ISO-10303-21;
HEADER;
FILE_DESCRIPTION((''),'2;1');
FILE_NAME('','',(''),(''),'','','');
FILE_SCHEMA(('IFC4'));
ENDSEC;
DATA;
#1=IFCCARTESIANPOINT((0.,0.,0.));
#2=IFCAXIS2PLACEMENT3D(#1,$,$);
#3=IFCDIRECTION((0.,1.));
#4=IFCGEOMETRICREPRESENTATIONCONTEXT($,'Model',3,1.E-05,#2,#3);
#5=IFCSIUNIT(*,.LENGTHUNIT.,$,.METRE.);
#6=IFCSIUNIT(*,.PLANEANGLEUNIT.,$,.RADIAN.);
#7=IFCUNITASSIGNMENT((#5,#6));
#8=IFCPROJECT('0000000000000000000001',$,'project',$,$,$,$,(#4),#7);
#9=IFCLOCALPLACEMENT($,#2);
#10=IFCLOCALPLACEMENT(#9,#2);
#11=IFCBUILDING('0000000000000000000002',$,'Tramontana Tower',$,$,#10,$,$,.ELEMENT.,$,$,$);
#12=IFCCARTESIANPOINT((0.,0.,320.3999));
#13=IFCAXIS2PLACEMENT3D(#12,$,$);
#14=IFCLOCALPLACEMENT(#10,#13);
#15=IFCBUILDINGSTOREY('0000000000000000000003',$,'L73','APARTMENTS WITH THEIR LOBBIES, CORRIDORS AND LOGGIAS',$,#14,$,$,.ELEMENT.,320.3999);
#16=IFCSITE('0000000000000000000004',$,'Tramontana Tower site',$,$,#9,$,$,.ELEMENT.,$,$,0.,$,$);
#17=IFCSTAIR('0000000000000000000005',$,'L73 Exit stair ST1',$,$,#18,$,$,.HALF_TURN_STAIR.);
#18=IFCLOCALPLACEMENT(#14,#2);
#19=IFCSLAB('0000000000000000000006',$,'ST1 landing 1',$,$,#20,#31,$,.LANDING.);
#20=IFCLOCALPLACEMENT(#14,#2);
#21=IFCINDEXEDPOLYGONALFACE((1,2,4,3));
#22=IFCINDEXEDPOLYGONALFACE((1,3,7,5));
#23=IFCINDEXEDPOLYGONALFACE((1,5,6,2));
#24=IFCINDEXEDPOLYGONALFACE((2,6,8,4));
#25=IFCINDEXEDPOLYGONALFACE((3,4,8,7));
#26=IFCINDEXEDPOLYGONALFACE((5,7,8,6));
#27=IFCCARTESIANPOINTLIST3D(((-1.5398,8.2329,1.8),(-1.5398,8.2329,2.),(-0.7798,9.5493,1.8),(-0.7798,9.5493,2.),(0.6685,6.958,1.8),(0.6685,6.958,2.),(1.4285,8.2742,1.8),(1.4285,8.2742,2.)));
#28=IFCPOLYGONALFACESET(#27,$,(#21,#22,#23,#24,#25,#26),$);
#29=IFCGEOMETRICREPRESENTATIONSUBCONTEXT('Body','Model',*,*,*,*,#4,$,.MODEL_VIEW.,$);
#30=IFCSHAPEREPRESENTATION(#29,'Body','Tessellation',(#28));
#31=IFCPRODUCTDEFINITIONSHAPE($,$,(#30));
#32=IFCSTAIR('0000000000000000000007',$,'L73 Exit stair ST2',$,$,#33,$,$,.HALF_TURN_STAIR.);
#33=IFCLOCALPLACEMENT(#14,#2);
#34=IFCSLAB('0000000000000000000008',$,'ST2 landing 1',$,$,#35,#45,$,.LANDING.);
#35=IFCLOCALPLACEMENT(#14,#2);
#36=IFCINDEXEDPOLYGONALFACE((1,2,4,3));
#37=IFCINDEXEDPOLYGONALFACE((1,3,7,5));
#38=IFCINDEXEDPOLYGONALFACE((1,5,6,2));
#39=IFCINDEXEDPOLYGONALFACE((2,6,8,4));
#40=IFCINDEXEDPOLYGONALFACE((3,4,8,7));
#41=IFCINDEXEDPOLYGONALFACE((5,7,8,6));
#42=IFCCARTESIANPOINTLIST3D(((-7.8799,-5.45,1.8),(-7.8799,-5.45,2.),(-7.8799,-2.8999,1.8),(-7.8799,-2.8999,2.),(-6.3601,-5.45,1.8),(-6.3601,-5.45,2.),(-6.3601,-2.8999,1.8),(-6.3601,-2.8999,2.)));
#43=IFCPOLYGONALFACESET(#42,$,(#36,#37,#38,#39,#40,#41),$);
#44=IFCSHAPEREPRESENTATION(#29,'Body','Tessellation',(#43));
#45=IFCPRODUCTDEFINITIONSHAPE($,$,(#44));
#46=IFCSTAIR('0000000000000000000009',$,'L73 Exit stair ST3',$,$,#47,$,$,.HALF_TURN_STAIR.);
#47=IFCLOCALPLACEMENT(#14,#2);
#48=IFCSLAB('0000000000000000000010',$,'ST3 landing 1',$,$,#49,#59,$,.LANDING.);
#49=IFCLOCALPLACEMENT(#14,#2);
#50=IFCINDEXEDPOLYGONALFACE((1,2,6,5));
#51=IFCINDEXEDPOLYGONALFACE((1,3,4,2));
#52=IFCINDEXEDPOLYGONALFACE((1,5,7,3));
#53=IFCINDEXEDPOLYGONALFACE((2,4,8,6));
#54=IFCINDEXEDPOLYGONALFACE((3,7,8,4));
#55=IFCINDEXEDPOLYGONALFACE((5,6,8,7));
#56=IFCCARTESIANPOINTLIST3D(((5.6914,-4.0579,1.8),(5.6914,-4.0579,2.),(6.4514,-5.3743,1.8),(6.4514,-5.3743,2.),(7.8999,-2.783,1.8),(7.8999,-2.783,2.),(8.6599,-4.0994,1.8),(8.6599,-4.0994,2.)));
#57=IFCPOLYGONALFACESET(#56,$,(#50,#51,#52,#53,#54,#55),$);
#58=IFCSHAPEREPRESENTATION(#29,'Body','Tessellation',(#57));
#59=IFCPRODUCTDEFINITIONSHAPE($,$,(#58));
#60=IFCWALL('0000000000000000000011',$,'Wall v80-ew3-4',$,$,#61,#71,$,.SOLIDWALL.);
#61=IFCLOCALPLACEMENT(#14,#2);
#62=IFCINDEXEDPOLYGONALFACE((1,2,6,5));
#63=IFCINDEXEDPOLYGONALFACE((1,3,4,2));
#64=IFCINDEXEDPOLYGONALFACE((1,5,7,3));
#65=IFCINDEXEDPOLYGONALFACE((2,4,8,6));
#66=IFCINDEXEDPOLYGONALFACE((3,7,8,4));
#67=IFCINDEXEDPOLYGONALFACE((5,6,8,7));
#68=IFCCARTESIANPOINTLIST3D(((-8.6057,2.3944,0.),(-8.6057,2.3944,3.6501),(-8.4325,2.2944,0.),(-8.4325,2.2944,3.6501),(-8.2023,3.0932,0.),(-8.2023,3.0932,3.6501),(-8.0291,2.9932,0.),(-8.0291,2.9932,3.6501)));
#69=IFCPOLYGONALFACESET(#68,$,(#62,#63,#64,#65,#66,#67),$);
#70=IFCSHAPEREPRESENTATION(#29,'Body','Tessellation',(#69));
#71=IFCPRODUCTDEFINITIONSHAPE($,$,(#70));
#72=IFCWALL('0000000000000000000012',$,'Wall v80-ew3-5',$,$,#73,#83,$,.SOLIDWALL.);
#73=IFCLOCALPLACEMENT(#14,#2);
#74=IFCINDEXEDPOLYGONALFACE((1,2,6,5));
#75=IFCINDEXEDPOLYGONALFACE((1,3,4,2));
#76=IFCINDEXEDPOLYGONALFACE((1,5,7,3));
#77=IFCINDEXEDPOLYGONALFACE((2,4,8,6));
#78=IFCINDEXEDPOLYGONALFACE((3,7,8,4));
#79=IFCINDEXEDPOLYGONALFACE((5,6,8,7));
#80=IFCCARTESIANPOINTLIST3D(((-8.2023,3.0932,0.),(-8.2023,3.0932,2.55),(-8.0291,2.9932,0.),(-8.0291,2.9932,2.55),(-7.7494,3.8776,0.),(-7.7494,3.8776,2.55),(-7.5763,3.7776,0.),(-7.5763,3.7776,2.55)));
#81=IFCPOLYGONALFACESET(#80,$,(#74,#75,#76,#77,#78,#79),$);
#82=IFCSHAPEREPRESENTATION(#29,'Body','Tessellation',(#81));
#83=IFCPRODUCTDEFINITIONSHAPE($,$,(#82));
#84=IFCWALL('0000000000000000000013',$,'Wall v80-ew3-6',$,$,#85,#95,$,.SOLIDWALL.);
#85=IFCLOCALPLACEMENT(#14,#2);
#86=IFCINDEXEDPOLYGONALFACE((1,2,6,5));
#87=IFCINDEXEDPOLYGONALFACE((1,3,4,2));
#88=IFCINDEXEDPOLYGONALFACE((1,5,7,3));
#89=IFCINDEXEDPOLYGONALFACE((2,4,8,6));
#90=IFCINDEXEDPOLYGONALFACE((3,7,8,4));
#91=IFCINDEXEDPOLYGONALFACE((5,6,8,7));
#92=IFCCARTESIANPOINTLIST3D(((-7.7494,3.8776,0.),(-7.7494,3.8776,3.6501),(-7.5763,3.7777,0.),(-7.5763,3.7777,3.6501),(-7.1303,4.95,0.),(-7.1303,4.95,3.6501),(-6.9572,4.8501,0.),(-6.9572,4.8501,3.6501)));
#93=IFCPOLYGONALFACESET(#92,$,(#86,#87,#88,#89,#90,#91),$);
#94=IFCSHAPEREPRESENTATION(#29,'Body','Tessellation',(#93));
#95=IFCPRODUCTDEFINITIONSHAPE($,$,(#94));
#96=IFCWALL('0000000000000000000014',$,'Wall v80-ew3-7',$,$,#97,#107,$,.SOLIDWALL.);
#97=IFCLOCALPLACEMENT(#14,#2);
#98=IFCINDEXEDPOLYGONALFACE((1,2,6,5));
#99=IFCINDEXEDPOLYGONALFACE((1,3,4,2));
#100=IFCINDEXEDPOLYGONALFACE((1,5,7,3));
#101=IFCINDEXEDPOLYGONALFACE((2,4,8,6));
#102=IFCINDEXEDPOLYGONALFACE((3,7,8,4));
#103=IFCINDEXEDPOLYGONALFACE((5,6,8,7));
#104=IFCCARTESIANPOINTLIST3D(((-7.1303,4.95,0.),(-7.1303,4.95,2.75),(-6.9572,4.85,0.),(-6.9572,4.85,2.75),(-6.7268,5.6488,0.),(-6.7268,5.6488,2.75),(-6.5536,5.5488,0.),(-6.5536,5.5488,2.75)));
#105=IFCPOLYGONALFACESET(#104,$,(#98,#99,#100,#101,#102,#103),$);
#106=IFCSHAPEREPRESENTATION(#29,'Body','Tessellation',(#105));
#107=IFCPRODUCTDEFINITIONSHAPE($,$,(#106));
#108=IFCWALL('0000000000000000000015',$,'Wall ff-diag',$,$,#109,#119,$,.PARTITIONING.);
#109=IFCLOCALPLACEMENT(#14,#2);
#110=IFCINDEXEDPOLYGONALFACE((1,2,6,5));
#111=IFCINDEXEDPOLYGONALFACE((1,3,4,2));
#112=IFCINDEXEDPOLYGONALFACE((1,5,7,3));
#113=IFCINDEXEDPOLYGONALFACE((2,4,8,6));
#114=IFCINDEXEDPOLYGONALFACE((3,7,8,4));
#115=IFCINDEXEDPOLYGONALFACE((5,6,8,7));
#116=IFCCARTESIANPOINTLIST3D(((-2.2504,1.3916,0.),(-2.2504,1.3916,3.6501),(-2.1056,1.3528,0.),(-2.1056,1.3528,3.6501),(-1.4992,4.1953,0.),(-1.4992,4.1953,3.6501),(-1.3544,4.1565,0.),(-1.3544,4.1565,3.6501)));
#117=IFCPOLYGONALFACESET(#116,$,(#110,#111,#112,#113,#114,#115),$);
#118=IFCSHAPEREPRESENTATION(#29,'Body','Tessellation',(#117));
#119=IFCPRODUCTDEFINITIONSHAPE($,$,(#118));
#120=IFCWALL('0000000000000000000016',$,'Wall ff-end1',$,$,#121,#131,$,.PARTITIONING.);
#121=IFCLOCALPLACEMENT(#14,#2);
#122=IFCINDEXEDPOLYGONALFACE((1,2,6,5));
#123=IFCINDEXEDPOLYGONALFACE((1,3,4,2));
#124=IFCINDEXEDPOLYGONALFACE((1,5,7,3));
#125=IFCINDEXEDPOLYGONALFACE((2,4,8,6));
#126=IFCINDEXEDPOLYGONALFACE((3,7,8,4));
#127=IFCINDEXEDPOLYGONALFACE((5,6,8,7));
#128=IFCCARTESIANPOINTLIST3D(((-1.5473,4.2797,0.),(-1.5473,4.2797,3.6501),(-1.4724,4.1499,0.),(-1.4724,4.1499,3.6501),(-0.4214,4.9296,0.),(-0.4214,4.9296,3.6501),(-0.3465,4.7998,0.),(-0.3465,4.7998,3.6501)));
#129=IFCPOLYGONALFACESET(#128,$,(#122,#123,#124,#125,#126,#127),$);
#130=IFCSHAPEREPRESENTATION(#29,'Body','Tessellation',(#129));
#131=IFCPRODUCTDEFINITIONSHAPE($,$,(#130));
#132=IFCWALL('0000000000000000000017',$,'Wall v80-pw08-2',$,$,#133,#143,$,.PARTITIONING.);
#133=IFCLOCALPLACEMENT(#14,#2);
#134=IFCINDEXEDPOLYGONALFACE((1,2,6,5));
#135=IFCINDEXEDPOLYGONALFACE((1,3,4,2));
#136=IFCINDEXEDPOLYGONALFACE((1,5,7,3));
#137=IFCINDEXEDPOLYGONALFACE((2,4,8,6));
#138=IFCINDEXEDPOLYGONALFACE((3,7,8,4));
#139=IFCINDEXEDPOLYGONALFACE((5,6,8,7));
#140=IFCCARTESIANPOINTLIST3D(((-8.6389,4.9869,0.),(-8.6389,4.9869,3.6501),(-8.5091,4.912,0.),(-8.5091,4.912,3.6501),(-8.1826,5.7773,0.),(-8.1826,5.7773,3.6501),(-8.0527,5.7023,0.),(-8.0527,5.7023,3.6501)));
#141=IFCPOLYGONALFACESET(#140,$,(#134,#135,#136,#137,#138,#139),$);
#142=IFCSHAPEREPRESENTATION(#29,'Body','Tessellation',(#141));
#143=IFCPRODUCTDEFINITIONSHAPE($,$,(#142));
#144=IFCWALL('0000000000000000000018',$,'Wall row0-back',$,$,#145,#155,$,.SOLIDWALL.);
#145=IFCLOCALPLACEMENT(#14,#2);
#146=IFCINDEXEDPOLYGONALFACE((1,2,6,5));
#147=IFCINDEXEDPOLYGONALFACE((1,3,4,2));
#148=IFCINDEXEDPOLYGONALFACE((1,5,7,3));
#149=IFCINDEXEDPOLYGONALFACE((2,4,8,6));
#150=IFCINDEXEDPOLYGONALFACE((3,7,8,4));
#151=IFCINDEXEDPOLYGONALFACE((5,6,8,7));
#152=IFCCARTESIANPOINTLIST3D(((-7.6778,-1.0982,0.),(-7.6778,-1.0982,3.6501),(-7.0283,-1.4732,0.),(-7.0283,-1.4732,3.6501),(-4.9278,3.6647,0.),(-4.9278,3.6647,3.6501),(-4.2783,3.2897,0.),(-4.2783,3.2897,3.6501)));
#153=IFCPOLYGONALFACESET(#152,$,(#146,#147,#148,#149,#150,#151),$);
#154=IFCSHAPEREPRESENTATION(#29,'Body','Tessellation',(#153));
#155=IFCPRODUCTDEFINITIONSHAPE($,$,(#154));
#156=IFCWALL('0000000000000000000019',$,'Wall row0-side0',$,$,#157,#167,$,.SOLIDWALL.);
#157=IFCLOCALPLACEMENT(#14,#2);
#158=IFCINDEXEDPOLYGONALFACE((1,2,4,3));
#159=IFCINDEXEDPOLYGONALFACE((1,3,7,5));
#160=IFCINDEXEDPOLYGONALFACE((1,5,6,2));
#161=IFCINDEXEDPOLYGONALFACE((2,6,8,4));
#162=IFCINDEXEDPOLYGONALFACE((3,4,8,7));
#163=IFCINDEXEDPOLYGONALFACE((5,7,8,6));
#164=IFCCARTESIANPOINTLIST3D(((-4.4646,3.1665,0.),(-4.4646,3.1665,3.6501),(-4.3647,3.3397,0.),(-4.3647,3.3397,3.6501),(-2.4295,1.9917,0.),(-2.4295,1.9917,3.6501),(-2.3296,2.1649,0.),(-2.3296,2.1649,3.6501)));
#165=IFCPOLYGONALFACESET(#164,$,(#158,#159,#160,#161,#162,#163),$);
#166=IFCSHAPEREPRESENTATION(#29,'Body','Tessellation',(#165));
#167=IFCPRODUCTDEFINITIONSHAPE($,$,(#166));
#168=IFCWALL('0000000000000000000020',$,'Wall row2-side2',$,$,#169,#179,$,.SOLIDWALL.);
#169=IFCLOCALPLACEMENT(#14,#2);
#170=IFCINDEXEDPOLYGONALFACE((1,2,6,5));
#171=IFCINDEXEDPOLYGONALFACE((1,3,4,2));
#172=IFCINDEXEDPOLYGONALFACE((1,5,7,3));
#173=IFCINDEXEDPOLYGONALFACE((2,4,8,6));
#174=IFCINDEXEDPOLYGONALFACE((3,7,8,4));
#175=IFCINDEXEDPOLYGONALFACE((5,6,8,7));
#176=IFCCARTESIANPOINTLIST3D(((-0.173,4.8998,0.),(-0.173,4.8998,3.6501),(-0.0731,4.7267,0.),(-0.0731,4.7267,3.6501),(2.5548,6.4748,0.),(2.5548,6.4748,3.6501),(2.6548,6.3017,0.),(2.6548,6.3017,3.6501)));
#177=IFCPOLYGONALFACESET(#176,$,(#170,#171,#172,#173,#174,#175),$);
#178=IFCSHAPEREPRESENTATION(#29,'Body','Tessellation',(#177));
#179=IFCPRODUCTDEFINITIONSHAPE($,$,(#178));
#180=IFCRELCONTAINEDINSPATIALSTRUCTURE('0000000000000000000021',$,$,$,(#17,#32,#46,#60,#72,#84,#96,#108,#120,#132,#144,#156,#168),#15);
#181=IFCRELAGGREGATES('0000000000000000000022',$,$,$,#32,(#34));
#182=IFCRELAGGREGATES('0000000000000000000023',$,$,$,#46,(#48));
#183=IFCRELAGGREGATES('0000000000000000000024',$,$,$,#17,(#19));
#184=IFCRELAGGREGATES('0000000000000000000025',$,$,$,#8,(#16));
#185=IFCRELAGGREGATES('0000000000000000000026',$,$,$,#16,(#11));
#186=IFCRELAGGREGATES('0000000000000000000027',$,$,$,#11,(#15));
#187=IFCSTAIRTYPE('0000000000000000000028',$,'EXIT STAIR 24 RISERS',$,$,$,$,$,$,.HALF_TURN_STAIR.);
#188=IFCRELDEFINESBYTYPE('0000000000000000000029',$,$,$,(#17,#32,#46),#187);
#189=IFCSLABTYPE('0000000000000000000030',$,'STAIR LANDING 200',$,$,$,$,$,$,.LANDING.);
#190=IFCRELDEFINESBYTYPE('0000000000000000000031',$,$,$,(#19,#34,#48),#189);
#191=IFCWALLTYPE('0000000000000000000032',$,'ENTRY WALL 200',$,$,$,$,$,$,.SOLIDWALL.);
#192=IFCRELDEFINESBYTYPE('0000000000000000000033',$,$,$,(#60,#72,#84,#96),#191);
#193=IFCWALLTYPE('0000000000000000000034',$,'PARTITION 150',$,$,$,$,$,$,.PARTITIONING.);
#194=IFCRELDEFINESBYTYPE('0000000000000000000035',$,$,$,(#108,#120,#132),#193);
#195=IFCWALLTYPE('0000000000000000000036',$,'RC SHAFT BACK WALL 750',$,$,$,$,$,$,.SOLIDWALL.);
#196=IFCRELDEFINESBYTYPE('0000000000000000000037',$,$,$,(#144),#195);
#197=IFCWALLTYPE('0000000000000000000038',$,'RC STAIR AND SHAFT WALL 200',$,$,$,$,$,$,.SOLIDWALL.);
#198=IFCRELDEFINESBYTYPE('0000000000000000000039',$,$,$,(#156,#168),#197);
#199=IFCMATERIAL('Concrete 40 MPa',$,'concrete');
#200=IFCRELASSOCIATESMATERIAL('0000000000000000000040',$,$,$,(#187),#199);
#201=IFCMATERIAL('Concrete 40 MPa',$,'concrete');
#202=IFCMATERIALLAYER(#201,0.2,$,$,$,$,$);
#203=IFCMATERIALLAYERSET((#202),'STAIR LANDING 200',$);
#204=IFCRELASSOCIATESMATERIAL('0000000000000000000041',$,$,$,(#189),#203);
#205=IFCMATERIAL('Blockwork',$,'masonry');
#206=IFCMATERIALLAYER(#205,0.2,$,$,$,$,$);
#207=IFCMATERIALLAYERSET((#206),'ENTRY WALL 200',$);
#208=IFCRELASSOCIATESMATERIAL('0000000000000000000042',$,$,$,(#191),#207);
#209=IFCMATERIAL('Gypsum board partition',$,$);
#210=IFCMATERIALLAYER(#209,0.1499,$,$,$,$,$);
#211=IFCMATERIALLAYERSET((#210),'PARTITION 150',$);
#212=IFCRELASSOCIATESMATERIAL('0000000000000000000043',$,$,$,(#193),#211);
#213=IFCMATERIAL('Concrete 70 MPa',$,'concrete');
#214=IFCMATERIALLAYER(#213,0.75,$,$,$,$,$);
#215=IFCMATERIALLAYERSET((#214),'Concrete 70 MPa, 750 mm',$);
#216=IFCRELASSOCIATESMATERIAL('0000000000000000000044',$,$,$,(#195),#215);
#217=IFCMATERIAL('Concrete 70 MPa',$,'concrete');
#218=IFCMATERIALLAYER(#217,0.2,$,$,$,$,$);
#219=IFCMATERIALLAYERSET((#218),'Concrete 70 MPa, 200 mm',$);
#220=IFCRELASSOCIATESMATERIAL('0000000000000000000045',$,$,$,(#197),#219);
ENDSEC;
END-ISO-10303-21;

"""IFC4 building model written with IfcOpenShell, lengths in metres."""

from ifc_helpers import new_model, si_unit, direction, frame, frame_2d, origin, place, context, subcontext, project, spatial, polyline, rectangle, outline, extrude, material, layer, layer_set, type_object, element, aggregate, save


model = new_model("IFC4")

# Units and contexts
model_context = context("Model", 3, precision=1e-05, world=origin(), true_north=direction((0.0, 1.0)))
body_context = subcontext(model_context, "Body", "Model", "MODEL_VIEW")
ifc_project = project(units=[si_unit("LENGTHUNIT", "METRE"), si_unit("PLANEANGLEUNIT", "RADIAN")], contexts=[model_context])

# Site, building, storey
site_placement = place(None, origin())
site = spatial("IfcSite", under=ifc_project, at=site_placement, Name="Tramontana Tower site", CompositionType="ELEMENT", RefElevation=0.0)
building_placement = place(site_placement, origin())
building = spatial("IfcBuilding", under=site, at=building_placement, Name="Tramontana Tower", CompositionType="ELEMENT")
storey_placement = place(building_placement, frame((0.0, 0.0, 320.3999)))
storey = spatial("IfcBuildingStorey", under=building, at=storey_placement, Name="L73", Description="APARTMENTS WITH THEIR LOBBIES, CORRIDORS AND LOGGIAS", CompositionType="ELEMENT", Elevation=320.3999)

# Stairs, slabs
ifc_material_1 = material(Name="Concrete 40 MPa", Category="concrete")
stair_type = type_object("IfcStairType", Name="EXIT STAIR 24 RISERS", PredefinedType="HALF_TURN_STAIR", material=ifc_material_1)
stair_1_placement = place(storey_placement, origin())
stair_1 = element("IfcStair", 1, at=stair_1_placement, inside=storey, type_object=stair_type, Name="L73 Exit stair ST1", PredefinedType="HALF_TURN_STAIR")
ifc_material_2 = material(Name="Concrete 40 MPa", Category="concrete")
ifc_layer_1 = layer(ifc_material_2, 0.2)
ifc_layer_set_1 = layer_set([ifc_layer_1], Name="STAIR LANDING 200")
slab_type = type_object("IfcSlabType", Name="STAIR LANDING 200", PredefinedType="LANDING", material=ifc_layer_set_1)
slab_1_placement = place(storey_placement, frame((0.0, 0.0, 1.8)))
slab_1 = element("IfcSlab", 2, at=slab_1_placement, type_object=slab_type, Name="ST1 landing 1", PredefinedType="LANDING", context=body_context, shape_type="SweptSolid", body=[
    extrude(outline(polyline([(0.6685, 6.958), (1.4285, 8.2742), (-0.7798, 9.5493), (-1.5398, 8.2329), (0.6685, 6.958)])), origin(), (0.0, 0.0, 1.0), 0.2),
])
stair_2_placement = place(storey_placement, origin())
stair_2 = element("IfcStair", 3, at=stair_2_placement, inside=storey, type_object=stair_type, Name="L73 Exit stair ST2", PredefinedType="HALF_TURN_STAIR")
slab_2_placement = place(storey_placement, frame((0.0, 0.0, 1.8)))
slab_2 = element("IfcSlab", 4, at=slab_2_placement, type_object=slab_type, Name="ST2 landing 1", PredefinedType="LANDING", context=body_context, shape_type="SweptSolid", body=[
    extrude(outline(polyline([(-6.3601, -2.8999), (-7.8799, -2.8999), (-7.8799, -5.45), (-6.3601, -5.45), (-6.3601, -2.8999)])), origin(), (0.0, 0.0, 1.0), 0.2),
])
aggregate(stair_2, [slab_2])
stair_3_placement = place(storey_placement, origin())
stair_3 = element("IfcStair", 5, at=stair_3_placement, inside=storey, type_object=stair_type, Name="L73 Exit stair ST3", PredefinedType="HALF_TURN_STAIR")
slab_3_placement = place(storey_placement, frame((0.0, 0.0, 1.8)))
slab_3 = element("IfcSlab", 6, at=slab_3_placement, type_object=slab_type, Name="ST3 landing 1", PredefinedType="LANDING", context=body_context, shape_type="SweptSolid", body=[
    extrude(outline(polyline([(5.6914, -4.0579), (6.4514, -5.3743), (8.6599, -4.0994), (7.8999, -2.783), (5.6914, -4.0579)])), origin(), (0.0, 0.0, 1.0), 0.2),
])
aggregate(stair_3, [slab_3])

# Shared definitions
ifc_material_3 = material(Name="Blockwork", Category="masonry")
ifc_layer_2 = layer(ifc_material_3, 0.2)
ifc_layer_set_2 = layer_set([ifc_layer_2], Name="ENTRY WALL 200")
wall_type_1 = type_object("IfcWallType", Name="ENTRY WALL 200", PredefinedType="SOLIDWALL", material=ifc_layer_set_2)

# Walls
wall_1_placement = place(storey_placement, frame((-8.519, 2.3445, 0.0), z_axis=(0.0, 0.0, 1.0), x_axis=(0.499915, 0.866075, 0.0)))
element("IfcWall", 7, at=wall_1_placement, inside=storey, type_object=wall_type_1, Name="Wall v80-ew3-4", PredefinedType="SOLIDWALL", context=body_context, shape_type="SweptSolid", body=[
    extrude(rectangle(XDim=0.8069, YDim=0.2, at=frame_2d((0.4033, 0.0))), origin(), (0.0, 0.0, 1.0), 3.6501),
])
wall_2_placement = place(storey_placement, frame((-8.1157, 3.0432, 0.0), z_axis=(0.0, 0.0, 1.0), x_axis=(0.499995, 0.866028, 0.0)))
element("IfcWall", 8, at=wall_2_placement, inside=storey, type_object=wall_type_1, Name="Wall v80-ew3-5", PredefinedType="SOLIDWALL", context=body_context, shape_type="SweptSolid", body=[
    extrude(rectangle(XDim=0.9058, YDim=0.2, at=frame_2d((0.4529, 0.0))), origin(), (0.0, 0.0, 1.0), 2.55),
])
wall_3_placement = place(storey_placement, frame((-7.6628, 3.8276, 0.0), z_axis=(0.0, 0.0, 1.0), x_axis=(0.499956, 0.866051, 0.0)))
element("IfcWall", 9, at=wall_3_placement, inside=storey, type_object=wall_type_1, Name="Wall v80-ew3-6", PredefinedType="SOLIDWALL", context=body_context, shape_type="SweptSolid", body=[
    extrude(rectangle(XDim=1.2383, YDim=0.2, at=frame_2d((0.6191, 0.0))), origin(), (0.0, 0.0, 1.0), 3.6501),
])
wall_4_placement = place(storey_placement, frame((-7.0437, 4.9001, 0.0), z_axis=(0.0, 0.0, 1.0), x_axis=(0.500141, 0.865944, 0.0)))
element("IfcWall", 10, at=wall_4_placement, inside=storey, type_object=wall_type_1, Name="Wall v80-ew3-7", PredefinedType="SOLIDWALL", context=body_context, shape_type="SweptSolid", body=[
    extrude(rectangle(XDim=0.8069, YDim=0.2, at=frame_2d((0.4033, 0.0))), origin(), (0.0, 0.0, 1.0), 2.75),
])
ifc_material_4 = material(Name="Gypsum board partition")
ifc_layer_3 = layer(ifc_material_4, 0.1499)
ifc_layer_set_3 = layer_set([ifc_layer_3], Name="PARTITION 150")
wall_type_2 = type_object("IfcWallType", Name="PARTITION 150", PredefinedType="PARTITIONING", material=ifc_layer_set_3)
wall_5_placement = place(storey_placement, frame((-2.178, 1.3723, 0.0), z_axis=(0.0, 0.0, 1.0), x_axis=(0.258809, 0.965929, 0.0)))
element("IfcWall", 11, at=wall_5_placement, inside=storey, type_object=wall_type_2, Name="Wall ff-diag", PredefinedType="PARTITIONING", context=body_context, shape_type="SweptSolid", body=[
    extrude(rectangle(XDim=2.9026, YDim=0.1499, at=frame_2d((1.4512, 0.0))), origin(), (0.0, 0.0, 1.0), 3.6501),
])
wall_6_placement = place(storey_placement, frame((-1.5098, 4.2148, 0.0), z_axis=(0.0, 0.0, 1.0), x_axis=(0.866086, 0.499896, 0.0)))
element("IfcWall", 12, at=wall_6_placement, inside=storey, type_object=wall_type_2, Name="Wall ff-end1", PredefinedType="PARTITIONING", context=body_context, shape_type="SweptSolid", body=[
    extrude(rectangle(XDim=1.3, YDim=0.1499, at=frame_2d((0.6499, 0.0))), origin(), (0.0, 0.0, 1.0), 3.6501),
])

# Walls
wall_7_placement = place(storey_placement, frame((-8.574, 4.9495, 0.0), z_axis=(0.0, 0.0, 1.0), x_axis=(0.500024, 0.866012, 0.0)))
element("IfcWall", 13, at=wall_7_placement, inside=storey, type_object=wall_type_2, Name="Wall v80-pw08-2", PredefinedType="PARTITIONING", context=body_context, shape_type="SweptSolid", body=[
    extrude(rectangle(XDim=0.9126, YDim=0.1499, at=frame_2d((0.4563, 0.0))), origin(), (0.0, 0.0, 1.0), 3.6501),
])
ifc_material_5 = material(Name="Concrete 70 MPa", Category="concrete")
ifc_layer_4 = layer(ifc_material_5, 0.75)
ifc_layer_set_4 = layer_set([ifc_layer_4], Name="Concrete 70 MPa, 750 mm")
wall_type_3 = type_object("IfcWallType", Name="RC SHAFT BACK WALL 750", PredefinedType="SOLIDWALL", material=ifc_layer_set_4)
wall_8_placement = place(storey_placement, frame((-4.603, 3.4773, 0.0), z_axis=(0.0, 0.0, 1.0), x_axis=(-0.500016, -0.866016, 0.0)))
element("IfcWall", 14, at=wall_8_placement, inside=storey, type_object=wall_type_3, Name="Wall row0-back", PredefinedType="SOLIDWALL", context=body_context, shape_type="SweptSolid", body=[
    extrude(rectangle(XDim=5.4998, YDim=0.75, at=frame_2d((2.75, 0.0))), origin(), (0.0, 0.0, 1.0), 3.6501),
])

# Shared definitions
ifc_material_6 = material(Name="Concrete 70 MPa", Category="concrete")
ifc_layer_5 = layer(ifc_material_6, 0.2)
ifc_layer_set_5 = layer_set([ifc_layer_5], Name="Concrete 70 MPa, 200 mm")
wall_type_4 = type_object("IfcWallType", Name="RC STAIR AND SHAFT WALL 200", PredefinedType="SOLIDWALL", material=ifc_layer_set_5)

# Walls
wall_9_placement = place(storey_placement, frame((-2.3796, 2.0784, 0.0), z_axis=(0.0, 0.0, 1.0), x_axis=(-0.866061, 0.499938, 0.0)))
element("IfcWall", 15, at=wall_9_placement, inside=storey, type_object=wall_type_4, Name="Wall row0-side0", PredefinedType="SOLIDWALL", context=body_context, shape_type="SweptSolid", body=[
    extrude(rectangle(XDim=2.3499, YDim=0.2, at=frame_2d((1.1748, 0.0))), origin(), (0.0, 0.0, 1.0), 3.6501),
])
wall_10_placement = place(storey_placement, frame((-0.123, 4.8132, 0.0), z_axis=(0.0, 0.0, 1.0), x_axis=(0.866016, 0.500015, 0.0)))
element("IfcWall", 16, at=wall_10_placement, inside=storey, type_object=wall_type_4, Name="Wall row2-side2", PredefinedType="SOLIDWALL", context=body_context, shape_type="SweptSolid", body=[
    extrude(rectangle(XDim=3.1499, YDim=0.2, at=frame_2d((1.575, 0.0))), origin(), (0.0, 0.0, 1.0), 3.6501),
])

aggregate(stair_1, [slab_1])

save(model, "model.ifc")
